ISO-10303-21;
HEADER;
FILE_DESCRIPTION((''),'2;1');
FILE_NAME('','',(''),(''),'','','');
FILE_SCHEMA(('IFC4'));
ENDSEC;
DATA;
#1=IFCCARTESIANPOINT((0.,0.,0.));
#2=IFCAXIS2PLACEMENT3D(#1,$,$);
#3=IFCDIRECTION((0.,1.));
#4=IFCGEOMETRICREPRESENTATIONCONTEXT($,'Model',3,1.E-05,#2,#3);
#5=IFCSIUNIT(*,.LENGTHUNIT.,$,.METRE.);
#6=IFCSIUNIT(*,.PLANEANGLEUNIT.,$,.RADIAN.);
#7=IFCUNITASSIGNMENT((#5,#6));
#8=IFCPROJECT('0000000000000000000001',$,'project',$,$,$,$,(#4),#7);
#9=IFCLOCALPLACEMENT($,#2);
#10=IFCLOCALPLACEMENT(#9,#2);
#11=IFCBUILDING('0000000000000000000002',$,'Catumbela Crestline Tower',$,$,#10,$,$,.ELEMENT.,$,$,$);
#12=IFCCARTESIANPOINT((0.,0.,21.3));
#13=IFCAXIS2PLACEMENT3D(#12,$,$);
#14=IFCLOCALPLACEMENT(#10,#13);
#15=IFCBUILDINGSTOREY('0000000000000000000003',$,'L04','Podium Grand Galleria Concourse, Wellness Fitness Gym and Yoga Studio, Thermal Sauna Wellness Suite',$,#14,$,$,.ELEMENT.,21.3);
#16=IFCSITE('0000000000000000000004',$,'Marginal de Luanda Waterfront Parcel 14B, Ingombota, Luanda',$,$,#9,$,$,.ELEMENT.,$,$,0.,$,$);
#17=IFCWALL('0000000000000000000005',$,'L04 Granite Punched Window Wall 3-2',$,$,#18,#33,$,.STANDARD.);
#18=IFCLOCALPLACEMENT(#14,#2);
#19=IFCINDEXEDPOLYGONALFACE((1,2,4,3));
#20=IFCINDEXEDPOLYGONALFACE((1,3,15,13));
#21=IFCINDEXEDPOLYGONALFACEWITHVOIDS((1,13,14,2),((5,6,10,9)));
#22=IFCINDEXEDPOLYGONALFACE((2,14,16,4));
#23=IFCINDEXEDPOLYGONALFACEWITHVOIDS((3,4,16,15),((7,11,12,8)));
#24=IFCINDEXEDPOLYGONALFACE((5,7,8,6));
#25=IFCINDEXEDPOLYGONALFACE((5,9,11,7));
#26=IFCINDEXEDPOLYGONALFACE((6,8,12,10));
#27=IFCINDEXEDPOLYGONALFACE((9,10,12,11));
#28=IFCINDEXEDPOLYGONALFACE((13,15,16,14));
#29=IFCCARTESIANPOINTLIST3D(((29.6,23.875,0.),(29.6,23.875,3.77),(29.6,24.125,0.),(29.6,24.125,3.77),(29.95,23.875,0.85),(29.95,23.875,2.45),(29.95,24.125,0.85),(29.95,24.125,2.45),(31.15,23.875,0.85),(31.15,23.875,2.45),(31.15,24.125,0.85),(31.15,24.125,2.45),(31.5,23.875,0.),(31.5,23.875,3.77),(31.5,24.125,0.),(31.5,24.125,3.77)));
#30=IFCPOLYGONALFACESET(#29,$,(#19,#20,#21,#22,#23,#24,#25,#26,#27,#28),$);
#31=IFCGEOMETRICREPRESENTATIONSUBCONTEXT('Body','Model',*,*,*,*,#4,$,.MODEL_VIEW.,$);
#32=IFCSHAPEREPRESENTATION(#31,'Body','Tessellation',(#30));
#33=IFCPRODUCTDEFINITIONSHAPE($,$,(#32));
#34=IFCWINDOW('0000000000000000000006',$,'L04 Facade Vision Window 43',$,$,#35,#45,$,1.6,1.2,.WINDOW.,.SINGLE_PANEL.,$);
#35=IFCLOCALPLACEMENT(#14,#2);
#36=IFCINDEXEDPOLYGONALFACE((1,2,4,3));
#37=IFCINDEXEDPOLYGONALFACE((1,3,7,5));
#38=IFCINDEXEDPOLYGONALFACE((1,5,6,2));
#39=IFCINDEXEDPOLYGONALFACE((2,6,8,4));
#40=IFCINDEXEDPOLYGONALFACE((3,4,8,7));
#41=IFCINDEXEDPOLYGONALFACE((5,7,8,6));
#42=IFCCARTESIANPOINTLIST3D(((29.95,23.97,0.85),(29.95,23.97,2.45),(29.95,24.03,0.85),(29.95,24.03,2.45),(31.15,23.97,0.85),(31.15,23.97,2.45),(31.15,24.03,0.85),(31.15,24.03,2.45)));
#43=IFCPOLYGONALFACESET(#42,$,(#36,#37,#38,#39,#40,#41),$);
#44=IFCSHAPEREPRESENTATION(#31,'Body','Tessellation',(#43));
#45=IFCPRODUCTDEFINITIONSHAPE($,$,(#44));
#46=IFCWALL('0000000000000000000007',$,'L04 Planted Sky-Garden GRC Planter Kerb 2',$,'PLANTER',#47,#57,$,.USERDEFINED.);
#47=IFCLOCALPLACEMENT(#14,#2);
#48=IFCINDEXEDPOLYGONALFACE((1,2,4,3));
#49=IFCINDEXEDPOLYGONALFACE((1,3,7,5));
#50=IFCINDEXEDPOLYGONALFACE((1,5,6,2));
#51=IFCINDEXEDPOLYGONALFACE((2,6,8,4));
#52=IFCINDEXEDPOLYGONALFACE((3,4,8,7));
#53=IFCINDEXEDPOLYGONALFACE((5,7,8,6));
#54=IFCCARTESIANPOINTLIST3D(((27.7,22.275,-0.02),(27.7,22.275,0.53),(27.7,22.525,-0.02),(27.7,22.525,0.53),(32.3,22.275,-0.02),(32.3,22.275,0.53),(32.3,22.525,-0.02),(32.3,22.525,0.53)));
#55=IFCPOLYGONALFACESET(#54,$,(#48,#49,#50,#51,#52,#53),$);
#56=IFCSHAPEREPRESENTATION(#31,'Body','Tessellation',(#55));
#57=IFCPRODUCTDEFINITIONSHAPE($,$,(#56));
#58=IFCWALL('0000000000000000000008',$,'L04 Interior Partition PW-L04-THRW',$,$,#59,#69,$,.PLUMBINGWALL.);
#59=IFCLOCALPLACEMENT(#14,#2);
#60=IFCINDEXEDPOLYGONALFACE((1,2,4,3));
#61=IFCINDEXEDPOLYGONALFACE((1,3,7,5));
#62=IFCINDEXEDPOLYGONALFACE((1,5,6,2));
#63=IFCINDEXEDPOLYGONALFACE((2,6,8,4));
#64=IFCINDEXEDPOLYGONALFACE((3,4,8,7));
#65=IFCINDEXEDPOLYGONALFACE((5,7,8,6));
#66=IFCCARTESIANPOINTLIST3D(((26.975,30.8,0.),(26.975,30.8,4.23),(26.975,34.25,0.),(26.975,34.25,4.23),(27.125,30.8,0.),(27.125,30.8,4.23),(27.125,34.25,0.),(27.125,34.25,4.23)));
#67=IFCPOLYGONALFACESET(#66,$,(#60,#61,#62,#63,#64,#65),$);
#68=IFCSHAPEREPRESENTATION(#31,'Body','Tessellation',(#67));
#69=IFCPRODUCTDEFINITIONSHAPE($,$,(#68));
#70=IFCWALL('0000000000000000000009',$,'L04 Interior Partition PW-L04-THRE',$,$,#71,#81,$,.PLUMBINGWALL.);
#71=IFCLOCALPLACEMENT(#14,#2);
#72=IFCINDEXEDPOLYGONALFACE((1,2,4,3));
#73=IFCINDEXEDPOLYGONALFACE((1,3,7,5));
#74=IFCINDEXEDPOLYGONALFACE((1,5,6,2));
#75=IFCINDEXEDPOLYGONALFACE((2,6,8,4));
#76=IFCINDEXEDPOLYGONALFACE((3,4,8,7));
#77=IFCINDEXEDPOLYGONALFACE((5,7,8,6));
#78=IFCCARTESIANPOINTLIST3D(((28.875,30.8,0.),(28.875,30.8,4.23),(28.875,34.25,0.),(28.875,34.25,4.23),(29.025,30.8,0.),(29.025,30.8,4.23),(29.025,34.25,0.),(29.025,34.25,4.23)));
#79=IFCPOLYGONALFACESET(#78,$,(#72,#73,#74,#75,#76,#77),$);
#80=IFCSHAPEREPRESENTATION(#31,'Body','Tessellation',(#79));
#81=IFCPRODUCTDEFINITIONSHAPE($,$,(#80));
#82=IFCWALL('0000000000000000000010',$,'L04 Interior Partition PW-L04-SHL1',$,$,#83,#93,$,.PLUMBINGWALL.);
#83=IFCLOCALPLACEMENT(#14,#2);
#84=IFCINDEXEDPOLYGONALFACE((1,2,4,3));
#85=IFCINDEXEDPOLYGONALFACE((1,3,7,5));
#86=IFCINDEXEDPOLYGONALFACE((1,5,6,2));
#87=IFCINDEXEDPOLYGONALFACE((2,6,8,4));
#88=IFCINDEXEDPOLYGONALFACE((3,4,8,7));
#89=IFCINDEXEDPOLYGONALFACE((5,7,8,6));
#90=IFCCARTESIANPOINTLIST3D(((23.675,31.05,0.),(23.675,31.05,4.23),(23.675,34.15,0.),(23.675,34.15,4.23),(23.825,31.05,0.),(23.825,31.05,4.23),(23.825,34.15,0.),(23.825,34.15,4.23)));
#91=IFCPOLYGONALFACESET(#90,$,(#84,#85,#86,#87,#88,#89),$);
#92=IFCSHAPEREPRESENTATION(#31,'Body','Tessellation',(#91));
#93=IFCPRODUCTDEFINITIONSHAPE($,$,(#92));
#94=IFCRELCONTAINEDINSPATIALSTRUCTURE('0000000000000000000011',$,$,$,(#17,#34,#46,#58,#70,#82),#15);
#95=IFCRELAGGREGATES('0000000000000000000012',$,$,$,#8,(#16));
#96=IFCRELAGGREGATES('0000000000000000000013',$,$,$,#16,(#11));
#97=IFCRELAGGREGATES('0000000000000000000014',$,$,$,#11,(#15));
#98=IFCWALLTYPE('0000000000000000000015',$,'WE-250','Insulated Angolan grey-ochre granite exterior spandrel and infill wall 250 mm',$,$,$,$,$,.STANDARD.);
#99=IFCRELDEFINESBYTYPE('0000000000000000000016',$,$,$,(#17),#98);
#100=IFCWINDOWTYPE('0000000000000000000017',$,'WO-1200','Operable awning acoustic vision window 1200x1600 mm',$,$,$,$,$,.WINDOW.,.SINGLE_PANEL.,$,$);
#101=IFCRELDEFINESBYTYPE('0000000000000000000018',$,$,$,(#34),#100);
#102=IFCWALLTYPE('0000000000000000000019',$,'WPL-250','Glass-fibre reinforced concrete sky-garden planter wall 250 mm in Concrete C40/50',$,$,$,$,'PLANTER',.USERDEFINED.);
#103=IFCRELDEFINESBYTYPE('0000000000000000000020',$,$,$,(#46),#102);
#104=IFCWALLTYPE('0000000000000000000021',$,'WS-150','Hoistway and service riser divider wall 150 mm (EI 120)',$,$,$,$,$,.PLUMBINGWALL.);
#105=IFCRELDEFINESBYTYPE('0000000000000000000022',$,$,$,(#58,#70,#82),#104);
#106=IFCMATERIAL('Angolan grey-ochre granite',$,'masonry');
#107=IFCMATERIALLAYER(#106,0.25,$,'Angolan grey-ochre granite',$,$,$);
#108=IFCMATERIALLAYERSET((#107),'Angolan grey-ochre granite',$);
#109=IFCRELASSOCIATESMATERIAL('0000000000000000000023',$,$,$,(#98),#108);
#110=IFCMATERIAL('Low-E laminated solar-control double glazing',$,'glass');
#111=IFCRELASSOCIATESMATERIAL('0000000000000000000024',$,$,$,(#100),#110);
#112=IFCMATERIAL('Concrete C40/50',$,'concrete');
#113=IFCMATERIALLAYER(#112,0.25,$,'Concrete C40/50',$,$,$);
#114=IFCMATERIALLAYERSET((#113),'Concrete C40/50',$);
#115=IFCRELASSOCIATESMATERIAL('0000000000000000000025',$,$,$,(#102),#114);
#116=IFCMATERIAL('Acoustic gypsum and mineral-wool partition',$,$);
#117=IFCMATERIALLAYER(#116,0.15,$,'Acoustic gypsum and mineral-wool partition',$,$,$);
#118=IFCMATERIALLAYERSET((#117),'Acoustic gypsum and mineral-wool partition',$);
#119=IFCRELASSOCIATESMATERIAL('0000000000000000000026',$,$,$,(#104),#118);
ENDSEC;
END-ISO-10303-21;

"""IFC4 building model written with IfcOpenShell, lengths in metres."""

from ifc_helpers import new_model, si_unit, direction, frame, frame_2d, origin, place, context, subcontext, project, spatial, rectangle, extrude, material, layer, layer_set, type_object, element, fill, save


model = new_model("IFC4")

# Units and contexts
model_context = context("Model", 3, precision=1e-05, world=origin(), true_north=direction((0.0, 1.0)))
body_context = subcontext(model_context, "Body", "Model", "MODEL_VIEW")
ifc_project = project(units=[si_unit("LENGTHUNIT", "METRE"), si_unit("PLANEANGLEUNIT", "RADIAN")], contexts=[model_context])

# Site, building, storey
site_placement = place(None, origin())
site = spatial("IfcSite", under=ifc_project, at=site_placement, Name="Marginal de Luanda Waterfront Parcel 14B, Ingombota, Luanda", CompositionType="ELEMENT", RefElevation=0.0)
building_placement = place(site_placement, origin())
building = spatial("IfcBuilding", under=site, at=building_placement, Name="Catumbela Crestline Tower", CompositionType="ELEMENT")
storey_placement = place(building_placement, frame((0.0, 0.0, 21.3)))
storey = spatial("IfcBuildingStorey", under=building, at=storey_placement, Name="L04", Description="Podium Grand Galleria Concourse, Wellness Fitness Gym and Yoga Studio, Thermal Sauna Wellness Suite", CompositionType="ELEMENT", Elevation=21.3)

# Shared definitions
ifc_material_1 = material(Name="Low-E laminated solar-control double glazing", Category="glass")

# Shared definitions
ifc_material_2 = material(Name="Acoustic gypsum and mineral-wool partition")
ifc_material_3 = material(Name="Angolan grey-ochre granite", Category="masonry")
ifc_layer_1 = layer(ifc_material_3, 0.25, Name="Angolan grey-ochre granite")
ifc_layer_set_1 = layer_set([ifc_layer_1], Name="Angolan grey-ochre granite")
wall_type_1 = type_object("IfcWallType", Name="WE-250", Description="Insulated Angolan grey-ochre granite exterior spandrel and infill wall 250 mm", PredefinedType="STANDARD", material=ifc_layer_set_1)

# Wall, opening, window
wall_1_placement = place(storey_placement, frame((29.6, 24.0, 0.0), z_axis=(0.0, 0.0, 1.0), x_axis=(1.0, 0.0, 0.0)))
wall_1 = element("IfcWall", 1, at=wall_1_placement, inside=storey, type_object=wall_type_1, Name="L04 Granite Punched Window Wall 3-2", PredefinedType="STANDARD", context=body_context, shape_type="SweptSolid", body=[
    extrude(rectangle(XDim=1.9, YDim=0.25, at=frame_2d((0.95, 0.0))), origin(), (0.0, 0.0, 1.0), 3.77),
])
opening_1_placement = place(wall_1_placement, frame((0.35, 0.0, 0.85)))
opening_1 = element("IfcOpeningElement", 2, at=opening_1_placement, cuts=wall_1, PredefinedType="OPENING", context=body_context, shape_type="SweptSolid", body=[
    extrude(rectangle(XDim=1.2, YDim=1.6, at=frame_2d((0.6, 0.8))), frame((0.0, 0.135, 0.0), z_axis=(0.0, -1.0, 0.0), x_axis=(1.0, 0.0, 0.0)), (0.0, 0.0, 1.0), 0.27),
])
window_type_1 = type_object("IfcWindowType", Name="WO-1200", Description="Operable awning acoustic vision window 1200x1600 mm", PartitioningType="SINGLE_PANEL", PredefinedType="WINDOW", material=ifc_material_1)
window_1_placement = place(opening_1_placement, origin())
window_1 = element("IfcWindow", 3, at=window_1_placement, inside=storey, type_object=window_type_1, Name="L04 Facade Vision Window 43", OverallHeight=1.6, OverallWidth=1.2, PartitioningType="SINGLE_PANEL", PredefinedType="WINDOW", context=body_context, shape_type="SweptSolid", body=[
    extrude(rectangle(XDim=1.2, YDim=1.6, at=frame_2d((0.6, 0.8))), frame((0.0, 0.03, 0.0), z_axis=(0.0, -1.0, 0.0), x_axis=(1.0, 0.0, 0.0)), (0.0, 0.0, 1.0), 0.06),
])
fill(opening_1, window_1)

# Walls
ifc_material_4 = material(Name="Concrete C40/50", Category="concrete")
ifc_layer_2 = layer(ifc_material_4, 0.25, Name="Concrete C40/50")
ifc_layer_set_2 = layer_set([ifc_layer_2], Name="Concrete C40/50")
wall_type_2 = type_object("IfcWallType", Name="WPL-250", Description="Glass-fibre reinforced concrete sky-garden planter wall 250 mm in Concrete C40/50", ElementType="PLANTER", PredefinedType="USERDEFINED", material=ifc_layer_set_2)
wall_2_placement = place(storey_placement, frame((27.7, 22.4, -0.02), z_axis=(0.0, 0.0, 1.0), x_axis=(1.0, 0.0, 0.0)))
element("IfcWall", 4, at=wall_2_placement, inside=storey, type_object=wall_type_2, Name="L04 Planted Sky-Garden GRC Planter Kerb 2", ObjectType="PLANTER", PredefinedType="USERDEFINED", context=body_context, shape_type="SweptSolid", body=[
    extrude(rectangle(XDim=4.6, YDim=0.25, at=frame_2d((2.3, 0.0))), origin(), (0.0, 0.0, 1.0), 0.55),
])
ifc_layer_3 = layer(ifc_material_2, 0.15, Name="Acoustic gypsum and mineral-wool partition")
ifc_layer_set_3 = layer_set([ifc_layer_3], Name="Acoustic gypsum and mineral-wool partition")
wall_type_3 = type_object("IfcWallType", Name="WS-150", Description="Hoistway and service riser divider wall 150 mm (EI 120)", PredefinedType="PLUMBINGWALL", material=ifc_layer_set_3)
for number, where, z_axis, x_axis, name in (
    (5, (27.05, 30.8, 0.0), (0.0, 0.0, 1.0), (0.0, 1.0, 0.0), "L04 Interior Partition PW-L04-THRW"),
    (6, (28.95, 30.8, 0.0), (0.0, 0.0, 1.0), (0.0, 1.0, 0.0), "L04 Interior Partition PW-L04-THRE"),
):
    element("IfcWall", number, at=place(storey_placement, frame(where, z_axis=z_axis, x_axis=x_axis)), inside=storey, type_object=wall_type_3, Name=name, PredefinedType="PLUMBINGWALL", context=body_context, shape_type="SweptSolid", body=[
        extrude(rectangle(XDim=3.45, YDim=0.15, at=frame_2d((1.725, 0.0))), origin(), (0.0, 0.0, 1.0), 4.23),
    ])
wall_3_placement = place(storey_placement, frame((23.75, 31.05, 0.0), z_axis=(0.0, 0.0, 1.0), x_axis=(0.0, 1.0, 0.0)))
element("IfcWall", 7, at=wall_3_placement, inside=storey, type_object=wall_type_3, Name="L04 Interior Partition PW-L04-SHL1", PredefinedType="PLUMBINGWALL", context=body_context, shape_type="SweptSolid", body=[
    extrude(rectangle(XDim=3.1, YDim=0.15, at=frame_2d((1.55, 0.0))), origin(), (0.0, 0.0, 1.0), 4.23),
])

save(model, "model.ifc")
